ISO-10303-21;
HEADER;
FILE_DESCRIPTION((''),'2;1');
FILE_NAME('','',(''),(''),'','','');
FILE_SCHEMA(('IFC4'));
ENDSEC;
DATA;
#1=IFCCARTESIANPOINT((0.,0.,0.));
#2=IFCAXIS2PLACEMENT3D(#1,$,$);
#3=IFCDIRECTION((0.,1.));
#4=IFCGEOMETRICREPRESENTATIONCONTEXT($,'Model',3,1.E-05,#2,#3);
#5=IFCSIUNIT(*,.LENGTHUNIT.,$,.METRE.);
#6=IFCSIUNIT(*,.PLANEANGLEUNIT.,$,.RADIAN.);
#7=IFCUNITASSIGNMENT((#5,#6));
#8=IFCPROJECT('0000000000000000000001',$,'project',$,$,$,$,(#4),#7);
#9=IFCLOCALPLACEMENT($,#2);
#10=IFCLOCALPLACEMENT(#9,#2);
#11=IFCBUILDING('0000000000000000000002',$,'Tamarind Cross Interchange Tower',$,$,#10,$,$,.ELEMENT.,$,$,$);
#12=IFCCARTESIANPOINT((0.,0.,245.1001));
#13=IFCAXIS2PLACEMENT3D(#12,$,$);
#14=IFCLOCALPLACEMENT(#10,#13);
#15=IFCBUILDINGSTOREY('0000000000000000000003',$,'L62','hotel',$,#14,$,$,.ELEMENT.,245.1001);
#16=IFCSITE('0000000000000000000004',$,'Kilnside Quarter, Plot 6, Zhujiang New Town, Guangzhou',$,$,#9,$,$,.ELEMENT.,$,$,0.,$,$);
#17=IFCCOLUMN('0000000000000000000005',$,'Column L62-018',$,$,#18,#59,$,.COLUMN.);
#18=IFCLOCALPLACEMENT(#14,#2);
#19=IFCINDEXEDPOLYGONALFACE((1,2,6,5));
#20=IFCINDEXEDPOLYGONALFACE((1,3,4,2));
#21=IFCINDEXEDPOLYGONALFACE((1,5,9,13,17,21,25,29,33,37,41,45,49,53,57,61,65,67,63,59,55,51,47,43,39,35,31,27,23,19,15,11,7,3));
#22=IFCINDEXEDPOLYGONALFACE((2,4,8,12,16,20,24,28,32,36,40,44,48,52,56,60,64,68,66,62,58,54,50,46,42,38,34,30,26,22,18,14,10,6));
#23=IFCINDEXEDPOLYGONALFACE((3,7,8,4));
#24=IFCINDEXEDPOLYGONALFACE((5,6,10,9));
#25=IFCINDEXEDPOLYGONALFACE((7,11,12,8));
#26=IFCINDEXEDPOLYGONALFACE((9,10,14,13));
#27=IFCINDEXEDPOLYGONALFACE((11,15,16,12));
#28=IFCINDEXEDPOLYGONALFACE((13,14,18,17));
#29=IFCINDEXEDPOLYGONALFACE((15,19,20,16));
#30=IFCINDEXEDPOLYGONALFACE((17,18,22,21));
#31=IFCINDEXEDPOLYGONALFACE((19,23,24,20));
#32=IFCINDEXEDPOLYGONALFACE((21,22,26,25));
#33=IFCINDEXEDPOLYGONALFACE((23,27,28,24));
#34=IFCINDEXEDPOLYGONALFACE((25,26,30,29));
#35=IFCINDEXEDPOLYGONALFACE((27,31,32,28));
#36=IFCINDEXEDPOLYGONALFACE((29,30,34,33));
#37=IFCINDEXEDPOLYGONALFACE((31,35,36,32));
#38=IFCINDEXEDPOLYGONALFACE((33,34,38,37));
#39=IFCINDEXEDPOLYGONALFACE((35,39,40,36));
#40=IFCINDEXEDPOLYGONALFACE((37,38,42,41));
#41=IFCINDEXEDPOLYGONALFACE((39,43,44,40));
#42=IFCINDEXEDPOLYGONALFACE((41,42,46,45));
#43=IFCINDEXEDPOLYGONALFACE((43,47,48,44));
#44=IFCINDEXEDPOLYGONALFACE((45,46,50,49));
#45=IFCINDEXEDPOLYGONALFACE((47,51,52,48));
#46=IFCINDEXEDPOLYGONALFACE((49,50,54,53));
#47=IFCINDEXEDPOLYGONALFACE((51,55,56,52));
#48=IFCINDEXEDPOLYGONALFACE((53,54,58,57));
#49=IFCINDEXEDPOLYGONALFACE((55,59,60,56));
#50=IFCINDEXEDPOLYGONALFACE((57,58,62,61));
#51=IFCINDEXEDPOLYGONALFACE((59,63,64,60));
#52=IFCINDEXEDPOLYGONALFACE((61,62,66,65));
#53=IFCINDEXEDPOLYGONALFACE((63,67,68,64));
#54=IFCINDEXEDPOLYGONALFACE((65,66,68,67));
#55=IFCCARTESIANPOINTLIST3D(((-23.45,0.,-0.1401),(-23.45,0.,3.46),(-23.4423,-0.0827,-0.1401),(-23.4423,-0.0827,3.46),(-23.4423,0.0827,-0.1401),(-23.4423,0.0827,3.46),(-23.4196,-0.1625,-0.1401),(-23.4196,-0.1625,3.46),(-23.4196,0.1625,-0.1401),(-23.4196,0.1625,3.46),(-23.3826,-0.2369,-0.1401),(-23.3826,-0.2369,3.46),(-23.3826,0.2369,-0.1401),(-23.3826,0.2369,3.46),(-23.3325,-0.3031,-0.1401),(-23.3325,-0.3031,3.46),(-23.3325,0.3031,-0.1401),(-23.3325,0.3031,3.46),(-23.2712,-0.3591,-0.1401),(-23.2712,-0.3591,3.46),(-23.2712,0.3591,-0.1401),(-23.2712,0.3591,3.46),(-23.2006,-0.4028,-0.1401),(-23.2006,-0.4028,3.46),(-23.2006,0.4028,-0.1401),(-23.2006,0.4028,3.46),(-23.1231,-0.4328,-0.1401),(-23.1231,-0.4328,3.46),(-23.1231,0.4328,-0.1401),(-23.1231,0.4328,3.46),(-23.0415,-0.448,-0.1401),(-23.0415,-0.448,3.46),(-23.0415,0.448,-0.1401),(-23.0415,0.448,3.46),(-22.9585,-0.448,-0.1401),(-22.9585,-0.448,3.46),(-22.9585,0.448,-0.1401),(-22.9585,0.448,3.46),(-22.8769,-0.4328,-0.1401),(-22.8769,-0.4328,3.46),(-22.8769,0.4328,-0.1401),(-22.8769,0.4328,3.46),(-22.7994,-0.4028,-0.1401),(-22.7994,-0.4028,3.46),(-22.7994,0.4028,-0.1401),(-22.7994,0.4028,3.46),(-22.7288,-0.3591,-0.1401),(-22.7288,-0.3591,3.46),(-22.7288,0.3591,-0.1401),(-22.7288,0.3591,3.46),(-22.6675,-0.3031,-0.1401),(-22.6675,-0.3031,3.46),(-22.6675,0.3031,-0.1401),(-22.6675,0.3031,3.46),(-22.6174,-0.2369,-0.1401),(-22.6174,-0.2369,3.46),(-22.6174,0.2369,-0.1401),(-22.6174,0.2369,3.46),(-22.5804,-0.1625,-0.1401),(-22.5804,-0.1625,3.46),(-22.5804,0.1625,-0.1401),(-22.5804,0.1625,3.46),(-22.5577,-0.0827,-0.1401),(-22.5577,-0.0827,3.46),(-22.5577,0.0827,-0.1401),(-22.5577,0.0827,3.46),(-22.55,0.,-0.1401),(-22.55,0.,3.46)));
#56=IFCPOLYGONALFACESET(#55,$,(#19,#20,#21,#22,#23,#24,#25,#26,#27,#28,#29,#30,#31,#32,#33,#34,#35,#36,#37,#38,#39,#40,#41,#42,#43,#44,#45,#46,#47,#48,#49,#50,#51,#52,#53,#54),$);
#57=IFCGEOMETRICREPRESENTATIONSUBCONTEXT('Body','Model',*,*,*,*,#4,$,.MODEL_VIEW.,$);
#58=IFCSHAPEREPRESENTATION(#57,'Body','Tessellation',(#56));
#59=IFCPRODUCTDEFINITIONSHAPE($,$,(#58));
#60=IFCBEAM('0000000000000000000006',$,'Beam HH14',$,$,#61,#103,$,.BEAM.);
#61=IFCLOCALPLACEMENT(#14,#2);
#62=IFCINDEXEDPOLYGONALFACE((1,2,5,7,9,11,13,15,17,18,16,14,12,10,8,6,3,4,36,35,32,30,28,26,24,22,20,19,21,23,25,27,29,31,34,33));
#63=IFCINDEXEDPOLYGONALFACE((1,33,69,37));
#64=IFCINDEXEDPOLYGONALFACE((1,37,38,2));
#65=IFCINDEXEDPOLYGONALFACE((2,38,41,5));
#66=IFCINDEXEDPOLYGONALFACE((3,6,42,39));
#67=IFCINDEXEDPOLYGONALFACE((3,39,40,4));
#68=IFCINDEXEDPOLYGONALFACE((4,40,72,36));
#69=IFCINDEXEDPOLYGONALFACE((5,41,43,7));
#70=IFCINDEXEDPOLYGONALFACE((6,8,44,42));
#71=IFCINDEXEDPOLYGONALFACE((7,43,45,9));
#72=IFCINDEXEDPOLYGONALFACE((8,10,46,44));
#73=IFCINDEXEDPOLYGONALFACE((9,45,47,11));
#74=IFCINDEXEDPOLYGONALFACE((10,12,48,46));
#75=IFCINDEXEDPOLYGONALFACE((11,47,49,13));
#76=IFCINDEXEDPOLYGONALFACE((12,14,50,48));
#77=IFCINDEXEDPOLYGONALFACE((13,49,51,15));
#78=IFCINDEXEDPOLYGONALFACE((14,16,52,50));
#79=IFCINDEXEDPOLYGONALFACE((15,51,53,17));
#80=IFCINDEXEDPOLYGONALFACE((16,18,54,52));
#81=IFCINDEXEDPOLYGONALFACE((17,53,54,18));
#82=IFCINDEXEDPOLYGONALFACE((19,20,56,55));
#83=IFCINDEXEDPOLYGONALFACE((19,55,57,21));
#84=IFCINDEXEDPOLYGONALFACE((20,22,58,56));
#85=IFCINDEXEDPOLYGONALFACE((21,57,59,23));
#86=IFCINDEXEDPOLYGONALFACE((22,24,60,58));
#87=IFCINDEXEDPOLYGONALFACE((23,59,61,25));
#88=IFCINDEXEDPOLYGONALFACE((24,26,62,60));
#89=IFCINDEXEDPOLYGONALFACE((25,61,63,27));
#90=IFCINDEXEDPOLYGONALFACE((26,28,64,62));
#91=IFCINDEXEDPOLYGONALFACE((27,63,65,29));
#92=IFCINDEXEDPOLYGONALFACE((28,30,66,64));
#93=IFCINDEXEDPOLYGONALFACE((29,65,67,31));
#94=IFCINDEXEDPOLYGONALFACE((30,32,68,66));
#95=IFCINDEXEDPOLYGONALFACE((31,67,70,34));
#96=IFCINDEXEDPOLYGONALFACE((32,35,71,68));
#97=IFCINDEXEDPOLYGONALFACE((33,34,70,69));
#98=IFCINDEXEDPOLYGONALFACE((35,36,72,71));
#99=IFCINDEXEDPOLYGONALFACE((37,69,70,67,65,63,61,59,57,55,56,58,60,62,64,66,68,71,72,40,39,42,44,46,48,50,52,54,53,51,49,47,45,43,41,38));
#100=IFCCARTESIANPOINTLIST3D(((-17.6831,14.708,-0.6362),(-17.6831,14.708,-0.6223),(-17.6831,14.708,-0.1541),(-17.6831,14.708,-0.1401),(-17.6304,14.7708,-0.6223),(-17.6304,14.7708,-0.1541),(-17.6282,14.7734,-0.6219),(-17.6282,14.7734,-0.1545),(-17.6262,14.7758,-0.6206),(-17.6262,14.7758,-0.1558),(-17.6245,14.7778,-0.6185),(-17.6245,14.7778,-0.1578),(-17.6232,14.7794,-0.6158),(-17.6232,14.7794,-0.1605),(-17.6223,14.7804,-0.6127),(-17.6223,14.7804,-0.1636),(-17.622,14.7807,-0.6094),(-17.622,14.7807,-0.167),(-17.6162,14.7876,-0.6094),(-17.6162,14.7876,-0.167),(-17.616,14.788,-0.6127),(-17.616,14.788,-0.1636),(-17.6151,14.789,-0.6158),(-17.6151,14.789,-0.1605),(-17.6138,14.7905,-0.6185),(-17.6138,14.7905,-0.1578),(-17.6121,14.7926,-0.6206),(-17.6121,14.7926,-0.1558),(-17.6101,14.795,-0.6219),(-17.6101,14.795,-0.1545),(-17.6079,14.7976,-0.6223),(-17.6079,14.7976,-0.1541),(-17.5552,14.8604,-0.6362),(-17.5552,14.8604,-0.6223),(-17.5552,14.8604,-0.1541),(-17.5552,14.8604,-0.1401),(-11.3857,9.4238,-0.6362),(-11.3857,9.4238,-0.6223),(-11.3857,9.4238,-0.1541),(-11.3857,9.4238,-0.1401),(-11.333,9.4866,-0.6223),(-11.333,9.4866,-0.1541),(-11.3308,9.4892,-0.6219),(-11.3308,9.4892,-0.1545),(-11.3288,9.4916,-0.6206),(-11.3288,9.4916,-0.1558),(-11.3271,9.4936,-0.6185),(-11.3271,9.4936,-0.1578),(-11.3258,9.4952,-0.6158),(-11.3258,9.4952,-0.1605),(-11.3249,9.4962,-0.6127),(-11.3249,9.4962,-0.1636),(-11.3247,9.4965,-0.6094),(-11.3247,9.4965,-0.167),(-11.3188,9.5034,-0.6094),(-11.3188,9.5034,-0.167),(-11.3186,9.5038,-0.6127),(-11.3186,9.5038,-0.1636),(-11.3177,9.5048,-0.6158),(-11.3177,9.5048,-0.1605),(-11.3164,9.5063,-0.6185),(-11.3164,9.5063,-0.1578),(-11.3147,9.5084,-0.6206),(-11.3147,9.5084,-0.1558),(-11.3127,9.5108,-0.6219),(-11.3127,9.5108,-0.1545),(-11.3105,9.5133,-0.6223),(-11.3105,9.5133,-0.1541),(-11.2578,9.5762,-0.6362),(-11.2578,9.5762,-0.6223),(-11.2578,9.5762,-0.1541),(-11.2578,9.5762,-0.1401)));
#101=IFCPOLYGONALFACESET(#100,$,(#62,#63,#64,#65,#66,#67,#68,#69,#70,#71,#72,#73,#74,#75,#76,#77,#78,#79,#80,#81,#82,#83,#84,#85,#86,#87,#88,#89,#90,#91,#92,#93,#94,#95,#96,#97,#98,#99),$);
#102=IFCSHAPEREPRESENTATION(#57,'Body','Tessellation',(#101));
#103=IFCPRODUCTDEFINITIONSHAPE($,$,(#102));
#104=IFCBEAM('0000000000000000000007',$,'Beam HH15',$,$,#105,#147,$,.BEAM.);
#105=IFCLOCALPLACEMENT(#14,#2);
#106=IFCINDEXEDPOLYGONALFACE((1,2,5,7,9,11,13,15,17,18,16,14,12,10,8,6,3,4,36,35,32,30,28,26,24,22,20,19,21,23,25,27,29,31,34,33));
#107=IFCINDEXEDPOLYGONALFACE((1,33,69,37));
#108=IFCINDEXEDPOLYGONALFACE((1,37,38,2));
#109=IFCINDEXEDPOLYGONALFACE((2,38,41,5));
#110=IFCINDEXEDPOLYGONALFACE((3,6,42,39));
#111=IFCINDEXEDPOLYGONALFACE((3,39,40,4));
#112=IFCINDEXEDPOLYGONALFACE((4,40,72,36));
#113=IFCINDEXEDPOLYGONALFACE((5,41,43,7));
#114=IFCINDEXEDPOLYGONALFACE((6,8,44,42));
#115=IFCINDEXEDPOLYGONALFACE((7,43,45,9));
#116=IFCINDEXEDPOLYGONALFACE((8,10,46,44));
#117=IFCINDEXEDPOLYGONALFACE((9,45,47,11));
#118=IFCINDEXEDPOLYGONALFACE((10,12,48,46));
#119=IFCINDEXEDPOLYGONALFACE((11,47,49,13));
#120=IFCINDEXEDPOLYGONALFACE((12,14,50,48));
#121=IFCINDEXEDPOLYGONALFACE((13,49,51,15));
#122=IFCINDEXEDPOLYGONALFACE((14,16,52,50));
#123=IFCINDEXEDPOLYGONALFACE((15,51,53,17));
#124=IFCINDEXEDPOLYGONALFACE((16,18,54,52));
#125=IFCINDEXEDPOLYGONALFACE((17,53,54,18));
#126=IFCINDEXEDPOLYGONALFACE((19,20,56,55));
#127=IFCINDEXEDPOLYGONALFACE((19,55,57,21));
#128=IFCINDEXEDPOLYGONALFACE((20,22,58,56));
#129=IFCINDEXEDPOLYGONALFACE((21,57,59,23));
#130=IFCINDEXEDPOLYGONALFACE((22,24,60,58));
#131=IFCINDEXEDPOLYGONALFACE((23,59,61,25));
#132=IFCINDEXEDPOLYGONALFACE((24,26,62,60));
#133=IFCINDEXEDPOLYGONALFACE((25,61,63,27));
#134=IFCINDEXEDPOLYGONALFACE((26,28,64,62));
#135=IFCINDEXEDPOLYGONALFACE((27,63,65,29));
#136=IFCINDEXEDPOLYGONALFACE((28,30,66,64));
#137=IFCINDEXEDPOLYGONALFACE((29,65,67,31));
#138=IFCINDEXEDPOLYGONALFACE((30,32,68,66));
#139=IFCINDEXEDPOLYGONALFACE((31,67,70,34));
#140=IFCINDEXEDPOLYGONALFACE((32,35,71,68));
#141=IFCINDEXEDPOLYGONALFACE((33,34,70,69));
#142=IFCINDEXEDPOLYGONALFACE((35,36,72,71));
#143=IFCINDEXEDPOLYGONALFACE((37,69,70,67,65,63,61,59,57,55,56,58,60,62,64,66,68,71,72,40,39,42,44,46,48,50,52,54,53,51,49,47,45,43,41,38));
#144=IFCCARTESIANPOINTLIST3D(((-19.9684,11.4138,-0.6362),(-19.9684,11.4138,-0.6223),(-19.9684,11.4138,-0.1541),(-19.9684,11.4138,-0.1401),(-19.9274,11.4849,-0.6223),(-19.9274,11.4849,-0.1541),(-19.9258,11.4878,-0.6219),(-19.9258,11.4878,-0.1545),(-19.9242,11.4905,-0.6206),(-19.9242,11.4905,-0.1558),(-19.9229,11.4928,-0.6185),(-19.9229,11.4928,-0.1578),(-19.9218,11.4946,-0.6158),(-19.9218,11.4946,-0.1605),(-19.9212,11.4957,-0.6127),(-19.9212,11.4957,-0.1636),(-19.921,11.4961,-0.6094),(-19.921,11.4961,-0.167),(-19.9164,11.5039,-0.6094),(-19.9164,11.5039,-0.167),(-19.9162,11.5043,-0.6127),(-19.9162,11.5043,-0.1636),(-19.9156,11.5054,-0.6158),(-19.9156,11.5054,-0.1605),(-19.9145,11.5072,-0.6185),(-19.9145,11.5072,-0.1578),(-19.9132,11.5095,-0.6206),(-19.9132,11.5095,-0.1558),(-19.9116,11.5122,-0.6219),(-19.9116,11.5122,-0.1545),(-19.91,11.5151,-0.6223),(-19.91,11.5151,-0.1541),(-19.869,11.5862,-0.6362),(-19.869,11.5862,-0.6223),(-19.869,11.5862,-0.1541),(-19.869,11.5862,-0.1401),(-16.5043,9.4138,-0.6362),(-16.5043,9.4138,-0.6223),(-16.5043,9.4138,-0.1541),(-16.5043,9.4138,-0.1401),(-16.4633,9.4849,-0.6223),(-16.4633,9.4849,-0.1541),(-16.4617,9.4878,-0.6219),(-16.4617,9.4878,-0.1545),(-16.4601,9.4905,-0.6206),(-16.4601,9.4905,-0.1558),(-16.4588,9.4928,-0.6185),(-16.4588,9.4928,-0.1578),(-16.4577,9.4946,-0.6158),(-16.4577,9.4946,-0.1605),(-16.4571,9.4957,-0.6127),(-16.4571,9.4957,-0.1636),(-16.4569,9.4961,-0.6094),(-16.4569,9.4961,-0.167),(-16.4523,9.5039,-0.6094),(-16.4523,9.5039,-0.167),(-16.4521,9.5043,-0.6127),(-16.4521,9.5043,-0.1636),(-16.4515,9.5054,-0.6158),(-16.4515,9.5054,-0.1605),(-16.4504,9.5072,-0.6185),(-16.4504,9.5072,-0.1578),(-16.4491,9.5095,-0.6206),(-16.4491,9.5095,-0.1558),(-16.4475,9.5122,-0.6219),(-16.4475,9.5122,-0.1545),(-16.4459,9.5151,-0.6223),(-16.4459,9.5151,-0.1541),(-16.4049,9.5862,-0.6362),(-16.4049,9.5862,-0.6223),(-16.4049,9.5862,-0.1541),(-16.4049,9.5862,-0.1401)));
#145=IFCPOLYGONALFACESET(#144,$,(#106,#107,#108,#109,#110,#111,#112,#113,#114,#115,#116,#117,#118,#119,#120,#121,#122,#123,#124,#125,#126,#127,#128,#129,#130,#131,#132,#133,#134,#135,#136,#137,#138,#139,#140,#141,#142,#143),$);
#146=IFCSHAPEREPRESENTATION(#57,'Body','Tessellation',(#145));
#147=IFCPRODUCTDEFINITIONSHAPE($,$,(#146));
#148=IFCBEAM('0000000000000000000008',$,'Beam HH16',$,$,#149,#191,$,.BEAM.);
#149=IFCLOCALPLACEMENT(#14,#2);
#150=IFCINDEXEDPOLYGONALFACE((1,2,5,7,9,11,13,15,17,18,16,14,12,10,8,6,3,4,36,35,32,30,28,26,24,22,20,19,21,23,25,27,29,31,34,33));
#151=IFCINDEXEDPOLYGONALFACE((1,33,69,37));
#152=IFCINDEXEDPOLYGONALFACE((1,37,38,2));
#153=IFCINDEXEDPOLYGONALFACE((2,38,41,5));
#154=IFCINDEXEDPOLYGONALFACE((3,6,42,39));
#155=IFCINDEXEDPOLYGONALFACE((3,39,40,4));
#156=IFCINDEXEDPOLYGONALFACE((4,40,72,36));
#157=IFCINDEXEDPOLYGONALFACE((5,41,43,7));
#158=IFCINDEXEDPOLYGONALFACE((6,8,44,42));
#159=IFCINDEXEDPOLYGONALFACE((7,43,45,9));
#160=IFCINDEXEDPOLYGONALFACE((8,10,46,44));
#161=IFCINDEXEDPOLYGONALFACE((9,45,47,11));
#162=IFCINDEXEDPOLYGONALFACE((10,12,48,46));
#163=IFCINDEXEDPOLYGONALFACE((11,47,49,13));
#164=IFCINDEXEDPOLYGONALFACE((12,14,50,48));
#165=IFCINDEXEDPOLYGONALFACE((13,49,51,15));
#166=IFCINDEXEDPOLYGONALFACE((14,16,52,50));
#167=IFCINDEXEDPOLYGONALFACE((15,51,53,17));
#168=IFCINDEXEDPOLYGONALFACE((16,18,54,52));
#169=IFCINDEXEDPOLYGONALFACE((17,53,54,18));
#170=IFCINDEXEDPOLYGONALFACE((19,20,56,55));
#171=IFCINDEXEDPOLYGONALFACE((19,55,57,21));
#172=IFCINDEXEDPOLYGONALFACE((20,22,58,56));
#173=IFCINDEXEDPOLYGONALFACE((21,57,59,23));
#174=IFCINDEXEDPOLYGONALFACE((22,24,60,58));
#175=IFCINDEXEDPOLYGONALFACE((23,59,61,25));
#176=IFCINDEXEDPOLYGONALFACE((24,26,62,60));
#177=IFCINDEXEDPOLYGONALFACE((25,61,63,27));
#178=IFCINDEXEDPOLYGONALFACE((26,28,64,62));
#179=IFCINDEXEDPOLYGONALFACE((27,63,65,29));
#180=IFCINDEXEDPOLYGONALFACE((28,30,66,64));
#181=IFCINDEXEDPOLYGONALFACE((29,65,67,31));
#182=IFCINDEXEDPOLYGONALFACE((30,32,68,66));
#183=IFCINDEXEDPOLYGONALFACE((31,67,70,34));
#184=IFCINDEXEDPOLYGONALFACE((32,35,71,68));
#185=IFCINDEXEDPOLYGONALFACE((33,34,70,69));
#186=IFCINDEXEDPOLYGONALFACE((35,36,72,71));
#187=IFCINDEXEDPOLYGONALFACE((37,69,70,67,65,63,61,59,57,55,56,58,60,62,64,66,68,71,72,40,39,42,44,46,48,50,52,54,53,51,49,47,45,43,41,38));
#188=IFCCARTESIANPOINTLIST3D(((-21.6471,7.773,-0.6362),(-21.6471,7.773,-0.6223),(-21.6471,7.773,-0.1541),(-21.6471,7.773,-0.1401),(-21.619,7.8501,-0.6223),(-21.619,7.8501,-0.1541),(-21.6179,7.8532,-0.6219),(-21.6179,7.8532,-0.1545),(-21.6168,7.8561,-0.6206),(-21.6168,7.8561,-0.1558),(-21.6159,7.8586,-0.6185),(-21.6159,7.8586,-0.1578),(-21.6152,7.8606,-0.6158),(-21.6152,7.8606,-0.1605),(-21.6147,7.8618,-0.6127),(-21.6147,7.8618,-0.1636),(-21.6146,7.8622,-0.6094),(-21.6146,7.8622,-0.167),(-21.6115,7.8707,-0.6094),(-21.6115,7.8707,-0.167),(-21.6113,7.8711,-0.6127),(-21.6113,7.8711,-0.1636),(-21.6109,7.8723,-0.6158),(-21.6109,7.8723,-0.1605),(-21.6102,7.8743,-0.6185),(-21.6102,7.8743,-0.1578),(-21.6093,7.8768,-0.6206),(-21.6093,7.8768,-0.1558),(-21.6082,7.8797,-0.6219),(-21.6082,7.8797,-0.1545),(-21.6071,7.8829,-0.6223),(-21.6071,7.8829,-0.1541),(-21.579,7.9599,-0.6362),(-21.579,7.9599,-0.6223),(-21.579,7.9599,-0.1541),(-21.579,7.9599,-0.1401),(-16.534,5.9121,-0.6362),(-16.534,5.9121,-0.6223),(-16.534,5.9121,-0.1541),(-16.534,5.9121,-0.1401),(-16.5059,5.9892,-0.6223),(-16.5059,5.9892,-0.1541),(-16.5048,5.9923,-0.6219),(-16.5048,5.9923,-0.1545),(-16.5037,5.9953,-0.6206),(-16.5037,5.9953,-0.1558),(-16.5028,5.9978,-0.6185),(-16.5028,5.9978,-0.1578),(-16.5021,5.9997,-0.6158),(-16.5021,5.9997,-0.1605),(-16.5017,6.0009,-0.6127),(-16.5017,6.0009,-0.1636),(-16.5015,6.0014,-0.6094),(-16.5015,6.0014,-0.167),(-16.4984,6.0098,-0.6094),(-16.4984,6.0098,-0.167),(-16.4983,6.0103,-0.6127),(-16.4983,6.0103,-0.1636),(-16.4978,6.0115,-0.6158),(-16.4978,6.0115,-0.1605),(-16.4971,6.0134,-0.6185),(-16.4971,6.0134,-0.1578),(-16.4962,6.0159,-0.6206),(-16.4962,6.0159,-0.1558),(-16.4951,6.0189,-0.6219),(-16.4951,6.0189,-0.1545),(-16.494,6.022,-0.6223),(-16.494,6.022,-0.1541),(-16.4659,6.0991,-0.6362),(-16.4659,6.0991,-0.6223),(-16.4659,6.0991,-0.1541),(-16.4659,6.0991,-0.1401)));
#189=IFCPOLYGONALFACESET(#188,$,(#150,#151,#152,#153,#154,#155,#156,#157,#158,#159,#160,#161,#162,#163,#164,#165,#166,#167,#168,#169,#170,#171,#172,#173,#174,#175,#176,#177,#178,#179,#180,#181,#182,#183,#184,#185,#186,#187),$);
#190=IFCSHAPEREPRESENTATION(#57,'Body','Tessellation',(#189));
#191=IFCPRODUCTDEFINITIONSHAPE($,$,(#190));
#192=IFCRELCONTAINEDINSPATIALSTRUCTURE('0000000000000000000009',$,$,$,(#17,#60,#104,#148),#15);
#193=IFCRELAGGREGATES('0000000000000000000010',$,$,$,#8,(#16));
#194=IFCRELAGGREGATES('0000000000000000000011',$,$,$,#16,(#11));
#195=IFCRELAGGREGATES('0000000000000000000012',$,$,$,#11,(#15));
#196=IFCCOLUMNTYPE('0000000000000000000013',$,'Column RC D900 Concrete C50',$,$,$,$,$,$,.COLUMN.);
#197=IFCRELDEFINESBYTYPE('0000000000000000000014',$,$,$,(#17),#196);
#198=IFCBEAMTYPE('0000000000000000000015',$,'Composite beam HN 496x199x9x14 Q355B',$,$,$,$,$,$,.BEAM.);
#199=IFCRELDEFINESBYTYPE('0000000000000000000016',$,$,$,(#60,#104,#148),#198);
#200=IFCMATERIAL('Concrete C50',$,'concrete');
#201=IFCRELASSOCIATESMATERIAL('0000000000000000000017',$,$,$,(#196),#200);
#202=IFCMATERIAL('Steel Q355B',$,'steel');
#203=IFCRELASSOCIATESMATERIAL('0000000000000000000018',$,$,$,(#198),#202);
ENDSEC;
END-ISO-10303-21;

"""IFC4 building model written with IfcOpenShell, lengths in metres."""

from ifc_helpers import new_model, si_unit, direction, frame, origin, origin_2d, place, context, subcontext, project, spatial, circle, i_section, extrude, material, material_profile, profile_set, type_object, element, save


model = new_model("IFC4")

# Units and contexts
model_context = context("Model", 3, precision=1e-05, world=origin(), true_north=direction((0.0, 1.0)))
body_context = subcontext(model_context, "Body", "Model", "MODEL_VIEW")
ifc_project = project(units=[si_unit("LENGTHUNIT", "METRE"), si_unit("PLANEANGLEUNIT", "RADIAN")], contexts=[model_context])

# Site, building, storey
site_placement = place(None, origin())
site = spatial("IfcSite", under=ifc_project, at=site_placement, Name="Kilnside Quarter, Plot 6, Zhujiang New Town, Guangzhou", CompositionType="ELEMENT", RefElevation=0.0)
building_placement = place(site_placement, origin())
building = spatial("IfcBuilding", under=site, at=building_placement, Name="Tamarind Cross Interchange Tower", CompositionType="ELEMENT")
storey_placement = place(building_placement, frame((0.0, 0.0, 245.1001)))
storey = spatial("IfcBuildingStorey", under=building, at=storey_placement, Name="L62", Description="hotel", CompositionType="ELEMENT", Elevation=245.1001)

# Column
ifc_material_1 = material(Name="Concrete C50", Category="concrete")
ifc_material_profile_1 = material_profile(ifc_material_1, circle(Radius=0.45, at=origin_2d()), Name="RC D900")
ifc_profile_set_1 = profile_set([ifc_material_profile_1], Name="Concrete C50")
column_type = type_object("IfcColumnType", Name="Column RC D900 Concrete C50", PredefinedType="COLUMN", material=ifc_profile_set_1)
for number, where, z_axis, x_axis, name in (
    (1, (-23.0, 0.0, -0.1401), (0.0, 0.0, 1.0), (1.0, 0.0, 0.0), "Column L62-018"),
):
    element("IfcColumn", number, at=place(storey_placement, frame(where, z_axis=z_axis, x_axis=x_axis)), inside=storey, type_object=column_type, Name=name, PredefinedType="COLUMN", context=body_context, shape_type="SweptSolid", body=[
        extrude(circle(Radius=0.45, at=origin_2d()), origin(), (0.0, 0.0, 1.0), 3.6001),
    ])

# Beams
ifc_material_2 = material(Name="Steel Q355B", Category="steel")
ifc_material_profile_2 = material_profile(ifc_material_2, i_section(OverallWidth=0.199, OverallDepth=0.4961, WebThickness=0.009, FlangeThickness=0.0139, FilletRadius=0.0129, at=origin_2d()), Name="HN 496x199x9x14")
ifc_profile_set_2 = profile_set([ifc_material_profile_2], Name="Steel Q355B")
beam_type = type_object("IfcBeamType", Name="Composite beam HN 496x199x9x14 Q355B", PredefinedType="BEAM", material=ifc_profile_set_2)
beam_1_placement = place(storey_placement, frame((-17.6191, 14.7842, -0.3882), z_axis=(0.766041, -0.642792, 0.0), x_axis=(0.642792, 0.766041, 0.0)))
element("IfcBeam", 2, at=beam_1_placement, inside=storey, type_object=beam_type, Name="Beam HH14", PredefinedType="BEAM", context=body_context, shape_type="SweptSolid", body=[
    extrude(i_section(OverallWidth=0.199, OverallDepth=0.4961, WebThickness=0.009, FlangeThickness=0.0139, FilletRadius=0.0129, at=origin_2d()), origin(), (0.0, 0.0, 1.0), 8.2207),
])
beam_2_placement = place(storey_placement, frame((-19.9187, 11.5, -0.3882), z_axis=(0.866026, -0.499999, 0.0), x_axis=(0.499999, 0.866026, 0.0)))
element("IfcBeam", 3, at=beam_2_placement, inside=storey, type_object=beam_type, Name="Beam HH15", PredefinedType="BEAM", context=body_context, shape_type="SweptSolid", body=[
    extrude(i_section(OverallWidth=0.199, OverallDepth=0.4961, WebThickness=0.009, FlangeThickness=0.0139, FilletRadius=0.0129, at=origin_2d()), origin(), (0.0, 0.0, 1.0), 4.0),
])
beam_3_placement = place(storey_placement, frame((-21.613, 7.8665, -0.3882), z_axis=(0.939702, -0.341995, 0.0), x_axis=(0.341995, 0.939702, 0.0)))
element("IfcBeam", 4, at=beam_3_placement, inside=storey, type_object=beam_type, Name="Beam HH16", PredefinedType="BEAM", context=body_context, shape_type="SweptSolid", body=[
    extrude(i_section(OverallWidth=0.199, OverallDepth=0.4961, WebThickness=0.009, FlangeThickness=0.0139, FilletRadius=0.0129, at=origin_2d()), origin(), (0.0, 0.0, 1.0), 5.4412),
])

save(model, "model.ifc")
